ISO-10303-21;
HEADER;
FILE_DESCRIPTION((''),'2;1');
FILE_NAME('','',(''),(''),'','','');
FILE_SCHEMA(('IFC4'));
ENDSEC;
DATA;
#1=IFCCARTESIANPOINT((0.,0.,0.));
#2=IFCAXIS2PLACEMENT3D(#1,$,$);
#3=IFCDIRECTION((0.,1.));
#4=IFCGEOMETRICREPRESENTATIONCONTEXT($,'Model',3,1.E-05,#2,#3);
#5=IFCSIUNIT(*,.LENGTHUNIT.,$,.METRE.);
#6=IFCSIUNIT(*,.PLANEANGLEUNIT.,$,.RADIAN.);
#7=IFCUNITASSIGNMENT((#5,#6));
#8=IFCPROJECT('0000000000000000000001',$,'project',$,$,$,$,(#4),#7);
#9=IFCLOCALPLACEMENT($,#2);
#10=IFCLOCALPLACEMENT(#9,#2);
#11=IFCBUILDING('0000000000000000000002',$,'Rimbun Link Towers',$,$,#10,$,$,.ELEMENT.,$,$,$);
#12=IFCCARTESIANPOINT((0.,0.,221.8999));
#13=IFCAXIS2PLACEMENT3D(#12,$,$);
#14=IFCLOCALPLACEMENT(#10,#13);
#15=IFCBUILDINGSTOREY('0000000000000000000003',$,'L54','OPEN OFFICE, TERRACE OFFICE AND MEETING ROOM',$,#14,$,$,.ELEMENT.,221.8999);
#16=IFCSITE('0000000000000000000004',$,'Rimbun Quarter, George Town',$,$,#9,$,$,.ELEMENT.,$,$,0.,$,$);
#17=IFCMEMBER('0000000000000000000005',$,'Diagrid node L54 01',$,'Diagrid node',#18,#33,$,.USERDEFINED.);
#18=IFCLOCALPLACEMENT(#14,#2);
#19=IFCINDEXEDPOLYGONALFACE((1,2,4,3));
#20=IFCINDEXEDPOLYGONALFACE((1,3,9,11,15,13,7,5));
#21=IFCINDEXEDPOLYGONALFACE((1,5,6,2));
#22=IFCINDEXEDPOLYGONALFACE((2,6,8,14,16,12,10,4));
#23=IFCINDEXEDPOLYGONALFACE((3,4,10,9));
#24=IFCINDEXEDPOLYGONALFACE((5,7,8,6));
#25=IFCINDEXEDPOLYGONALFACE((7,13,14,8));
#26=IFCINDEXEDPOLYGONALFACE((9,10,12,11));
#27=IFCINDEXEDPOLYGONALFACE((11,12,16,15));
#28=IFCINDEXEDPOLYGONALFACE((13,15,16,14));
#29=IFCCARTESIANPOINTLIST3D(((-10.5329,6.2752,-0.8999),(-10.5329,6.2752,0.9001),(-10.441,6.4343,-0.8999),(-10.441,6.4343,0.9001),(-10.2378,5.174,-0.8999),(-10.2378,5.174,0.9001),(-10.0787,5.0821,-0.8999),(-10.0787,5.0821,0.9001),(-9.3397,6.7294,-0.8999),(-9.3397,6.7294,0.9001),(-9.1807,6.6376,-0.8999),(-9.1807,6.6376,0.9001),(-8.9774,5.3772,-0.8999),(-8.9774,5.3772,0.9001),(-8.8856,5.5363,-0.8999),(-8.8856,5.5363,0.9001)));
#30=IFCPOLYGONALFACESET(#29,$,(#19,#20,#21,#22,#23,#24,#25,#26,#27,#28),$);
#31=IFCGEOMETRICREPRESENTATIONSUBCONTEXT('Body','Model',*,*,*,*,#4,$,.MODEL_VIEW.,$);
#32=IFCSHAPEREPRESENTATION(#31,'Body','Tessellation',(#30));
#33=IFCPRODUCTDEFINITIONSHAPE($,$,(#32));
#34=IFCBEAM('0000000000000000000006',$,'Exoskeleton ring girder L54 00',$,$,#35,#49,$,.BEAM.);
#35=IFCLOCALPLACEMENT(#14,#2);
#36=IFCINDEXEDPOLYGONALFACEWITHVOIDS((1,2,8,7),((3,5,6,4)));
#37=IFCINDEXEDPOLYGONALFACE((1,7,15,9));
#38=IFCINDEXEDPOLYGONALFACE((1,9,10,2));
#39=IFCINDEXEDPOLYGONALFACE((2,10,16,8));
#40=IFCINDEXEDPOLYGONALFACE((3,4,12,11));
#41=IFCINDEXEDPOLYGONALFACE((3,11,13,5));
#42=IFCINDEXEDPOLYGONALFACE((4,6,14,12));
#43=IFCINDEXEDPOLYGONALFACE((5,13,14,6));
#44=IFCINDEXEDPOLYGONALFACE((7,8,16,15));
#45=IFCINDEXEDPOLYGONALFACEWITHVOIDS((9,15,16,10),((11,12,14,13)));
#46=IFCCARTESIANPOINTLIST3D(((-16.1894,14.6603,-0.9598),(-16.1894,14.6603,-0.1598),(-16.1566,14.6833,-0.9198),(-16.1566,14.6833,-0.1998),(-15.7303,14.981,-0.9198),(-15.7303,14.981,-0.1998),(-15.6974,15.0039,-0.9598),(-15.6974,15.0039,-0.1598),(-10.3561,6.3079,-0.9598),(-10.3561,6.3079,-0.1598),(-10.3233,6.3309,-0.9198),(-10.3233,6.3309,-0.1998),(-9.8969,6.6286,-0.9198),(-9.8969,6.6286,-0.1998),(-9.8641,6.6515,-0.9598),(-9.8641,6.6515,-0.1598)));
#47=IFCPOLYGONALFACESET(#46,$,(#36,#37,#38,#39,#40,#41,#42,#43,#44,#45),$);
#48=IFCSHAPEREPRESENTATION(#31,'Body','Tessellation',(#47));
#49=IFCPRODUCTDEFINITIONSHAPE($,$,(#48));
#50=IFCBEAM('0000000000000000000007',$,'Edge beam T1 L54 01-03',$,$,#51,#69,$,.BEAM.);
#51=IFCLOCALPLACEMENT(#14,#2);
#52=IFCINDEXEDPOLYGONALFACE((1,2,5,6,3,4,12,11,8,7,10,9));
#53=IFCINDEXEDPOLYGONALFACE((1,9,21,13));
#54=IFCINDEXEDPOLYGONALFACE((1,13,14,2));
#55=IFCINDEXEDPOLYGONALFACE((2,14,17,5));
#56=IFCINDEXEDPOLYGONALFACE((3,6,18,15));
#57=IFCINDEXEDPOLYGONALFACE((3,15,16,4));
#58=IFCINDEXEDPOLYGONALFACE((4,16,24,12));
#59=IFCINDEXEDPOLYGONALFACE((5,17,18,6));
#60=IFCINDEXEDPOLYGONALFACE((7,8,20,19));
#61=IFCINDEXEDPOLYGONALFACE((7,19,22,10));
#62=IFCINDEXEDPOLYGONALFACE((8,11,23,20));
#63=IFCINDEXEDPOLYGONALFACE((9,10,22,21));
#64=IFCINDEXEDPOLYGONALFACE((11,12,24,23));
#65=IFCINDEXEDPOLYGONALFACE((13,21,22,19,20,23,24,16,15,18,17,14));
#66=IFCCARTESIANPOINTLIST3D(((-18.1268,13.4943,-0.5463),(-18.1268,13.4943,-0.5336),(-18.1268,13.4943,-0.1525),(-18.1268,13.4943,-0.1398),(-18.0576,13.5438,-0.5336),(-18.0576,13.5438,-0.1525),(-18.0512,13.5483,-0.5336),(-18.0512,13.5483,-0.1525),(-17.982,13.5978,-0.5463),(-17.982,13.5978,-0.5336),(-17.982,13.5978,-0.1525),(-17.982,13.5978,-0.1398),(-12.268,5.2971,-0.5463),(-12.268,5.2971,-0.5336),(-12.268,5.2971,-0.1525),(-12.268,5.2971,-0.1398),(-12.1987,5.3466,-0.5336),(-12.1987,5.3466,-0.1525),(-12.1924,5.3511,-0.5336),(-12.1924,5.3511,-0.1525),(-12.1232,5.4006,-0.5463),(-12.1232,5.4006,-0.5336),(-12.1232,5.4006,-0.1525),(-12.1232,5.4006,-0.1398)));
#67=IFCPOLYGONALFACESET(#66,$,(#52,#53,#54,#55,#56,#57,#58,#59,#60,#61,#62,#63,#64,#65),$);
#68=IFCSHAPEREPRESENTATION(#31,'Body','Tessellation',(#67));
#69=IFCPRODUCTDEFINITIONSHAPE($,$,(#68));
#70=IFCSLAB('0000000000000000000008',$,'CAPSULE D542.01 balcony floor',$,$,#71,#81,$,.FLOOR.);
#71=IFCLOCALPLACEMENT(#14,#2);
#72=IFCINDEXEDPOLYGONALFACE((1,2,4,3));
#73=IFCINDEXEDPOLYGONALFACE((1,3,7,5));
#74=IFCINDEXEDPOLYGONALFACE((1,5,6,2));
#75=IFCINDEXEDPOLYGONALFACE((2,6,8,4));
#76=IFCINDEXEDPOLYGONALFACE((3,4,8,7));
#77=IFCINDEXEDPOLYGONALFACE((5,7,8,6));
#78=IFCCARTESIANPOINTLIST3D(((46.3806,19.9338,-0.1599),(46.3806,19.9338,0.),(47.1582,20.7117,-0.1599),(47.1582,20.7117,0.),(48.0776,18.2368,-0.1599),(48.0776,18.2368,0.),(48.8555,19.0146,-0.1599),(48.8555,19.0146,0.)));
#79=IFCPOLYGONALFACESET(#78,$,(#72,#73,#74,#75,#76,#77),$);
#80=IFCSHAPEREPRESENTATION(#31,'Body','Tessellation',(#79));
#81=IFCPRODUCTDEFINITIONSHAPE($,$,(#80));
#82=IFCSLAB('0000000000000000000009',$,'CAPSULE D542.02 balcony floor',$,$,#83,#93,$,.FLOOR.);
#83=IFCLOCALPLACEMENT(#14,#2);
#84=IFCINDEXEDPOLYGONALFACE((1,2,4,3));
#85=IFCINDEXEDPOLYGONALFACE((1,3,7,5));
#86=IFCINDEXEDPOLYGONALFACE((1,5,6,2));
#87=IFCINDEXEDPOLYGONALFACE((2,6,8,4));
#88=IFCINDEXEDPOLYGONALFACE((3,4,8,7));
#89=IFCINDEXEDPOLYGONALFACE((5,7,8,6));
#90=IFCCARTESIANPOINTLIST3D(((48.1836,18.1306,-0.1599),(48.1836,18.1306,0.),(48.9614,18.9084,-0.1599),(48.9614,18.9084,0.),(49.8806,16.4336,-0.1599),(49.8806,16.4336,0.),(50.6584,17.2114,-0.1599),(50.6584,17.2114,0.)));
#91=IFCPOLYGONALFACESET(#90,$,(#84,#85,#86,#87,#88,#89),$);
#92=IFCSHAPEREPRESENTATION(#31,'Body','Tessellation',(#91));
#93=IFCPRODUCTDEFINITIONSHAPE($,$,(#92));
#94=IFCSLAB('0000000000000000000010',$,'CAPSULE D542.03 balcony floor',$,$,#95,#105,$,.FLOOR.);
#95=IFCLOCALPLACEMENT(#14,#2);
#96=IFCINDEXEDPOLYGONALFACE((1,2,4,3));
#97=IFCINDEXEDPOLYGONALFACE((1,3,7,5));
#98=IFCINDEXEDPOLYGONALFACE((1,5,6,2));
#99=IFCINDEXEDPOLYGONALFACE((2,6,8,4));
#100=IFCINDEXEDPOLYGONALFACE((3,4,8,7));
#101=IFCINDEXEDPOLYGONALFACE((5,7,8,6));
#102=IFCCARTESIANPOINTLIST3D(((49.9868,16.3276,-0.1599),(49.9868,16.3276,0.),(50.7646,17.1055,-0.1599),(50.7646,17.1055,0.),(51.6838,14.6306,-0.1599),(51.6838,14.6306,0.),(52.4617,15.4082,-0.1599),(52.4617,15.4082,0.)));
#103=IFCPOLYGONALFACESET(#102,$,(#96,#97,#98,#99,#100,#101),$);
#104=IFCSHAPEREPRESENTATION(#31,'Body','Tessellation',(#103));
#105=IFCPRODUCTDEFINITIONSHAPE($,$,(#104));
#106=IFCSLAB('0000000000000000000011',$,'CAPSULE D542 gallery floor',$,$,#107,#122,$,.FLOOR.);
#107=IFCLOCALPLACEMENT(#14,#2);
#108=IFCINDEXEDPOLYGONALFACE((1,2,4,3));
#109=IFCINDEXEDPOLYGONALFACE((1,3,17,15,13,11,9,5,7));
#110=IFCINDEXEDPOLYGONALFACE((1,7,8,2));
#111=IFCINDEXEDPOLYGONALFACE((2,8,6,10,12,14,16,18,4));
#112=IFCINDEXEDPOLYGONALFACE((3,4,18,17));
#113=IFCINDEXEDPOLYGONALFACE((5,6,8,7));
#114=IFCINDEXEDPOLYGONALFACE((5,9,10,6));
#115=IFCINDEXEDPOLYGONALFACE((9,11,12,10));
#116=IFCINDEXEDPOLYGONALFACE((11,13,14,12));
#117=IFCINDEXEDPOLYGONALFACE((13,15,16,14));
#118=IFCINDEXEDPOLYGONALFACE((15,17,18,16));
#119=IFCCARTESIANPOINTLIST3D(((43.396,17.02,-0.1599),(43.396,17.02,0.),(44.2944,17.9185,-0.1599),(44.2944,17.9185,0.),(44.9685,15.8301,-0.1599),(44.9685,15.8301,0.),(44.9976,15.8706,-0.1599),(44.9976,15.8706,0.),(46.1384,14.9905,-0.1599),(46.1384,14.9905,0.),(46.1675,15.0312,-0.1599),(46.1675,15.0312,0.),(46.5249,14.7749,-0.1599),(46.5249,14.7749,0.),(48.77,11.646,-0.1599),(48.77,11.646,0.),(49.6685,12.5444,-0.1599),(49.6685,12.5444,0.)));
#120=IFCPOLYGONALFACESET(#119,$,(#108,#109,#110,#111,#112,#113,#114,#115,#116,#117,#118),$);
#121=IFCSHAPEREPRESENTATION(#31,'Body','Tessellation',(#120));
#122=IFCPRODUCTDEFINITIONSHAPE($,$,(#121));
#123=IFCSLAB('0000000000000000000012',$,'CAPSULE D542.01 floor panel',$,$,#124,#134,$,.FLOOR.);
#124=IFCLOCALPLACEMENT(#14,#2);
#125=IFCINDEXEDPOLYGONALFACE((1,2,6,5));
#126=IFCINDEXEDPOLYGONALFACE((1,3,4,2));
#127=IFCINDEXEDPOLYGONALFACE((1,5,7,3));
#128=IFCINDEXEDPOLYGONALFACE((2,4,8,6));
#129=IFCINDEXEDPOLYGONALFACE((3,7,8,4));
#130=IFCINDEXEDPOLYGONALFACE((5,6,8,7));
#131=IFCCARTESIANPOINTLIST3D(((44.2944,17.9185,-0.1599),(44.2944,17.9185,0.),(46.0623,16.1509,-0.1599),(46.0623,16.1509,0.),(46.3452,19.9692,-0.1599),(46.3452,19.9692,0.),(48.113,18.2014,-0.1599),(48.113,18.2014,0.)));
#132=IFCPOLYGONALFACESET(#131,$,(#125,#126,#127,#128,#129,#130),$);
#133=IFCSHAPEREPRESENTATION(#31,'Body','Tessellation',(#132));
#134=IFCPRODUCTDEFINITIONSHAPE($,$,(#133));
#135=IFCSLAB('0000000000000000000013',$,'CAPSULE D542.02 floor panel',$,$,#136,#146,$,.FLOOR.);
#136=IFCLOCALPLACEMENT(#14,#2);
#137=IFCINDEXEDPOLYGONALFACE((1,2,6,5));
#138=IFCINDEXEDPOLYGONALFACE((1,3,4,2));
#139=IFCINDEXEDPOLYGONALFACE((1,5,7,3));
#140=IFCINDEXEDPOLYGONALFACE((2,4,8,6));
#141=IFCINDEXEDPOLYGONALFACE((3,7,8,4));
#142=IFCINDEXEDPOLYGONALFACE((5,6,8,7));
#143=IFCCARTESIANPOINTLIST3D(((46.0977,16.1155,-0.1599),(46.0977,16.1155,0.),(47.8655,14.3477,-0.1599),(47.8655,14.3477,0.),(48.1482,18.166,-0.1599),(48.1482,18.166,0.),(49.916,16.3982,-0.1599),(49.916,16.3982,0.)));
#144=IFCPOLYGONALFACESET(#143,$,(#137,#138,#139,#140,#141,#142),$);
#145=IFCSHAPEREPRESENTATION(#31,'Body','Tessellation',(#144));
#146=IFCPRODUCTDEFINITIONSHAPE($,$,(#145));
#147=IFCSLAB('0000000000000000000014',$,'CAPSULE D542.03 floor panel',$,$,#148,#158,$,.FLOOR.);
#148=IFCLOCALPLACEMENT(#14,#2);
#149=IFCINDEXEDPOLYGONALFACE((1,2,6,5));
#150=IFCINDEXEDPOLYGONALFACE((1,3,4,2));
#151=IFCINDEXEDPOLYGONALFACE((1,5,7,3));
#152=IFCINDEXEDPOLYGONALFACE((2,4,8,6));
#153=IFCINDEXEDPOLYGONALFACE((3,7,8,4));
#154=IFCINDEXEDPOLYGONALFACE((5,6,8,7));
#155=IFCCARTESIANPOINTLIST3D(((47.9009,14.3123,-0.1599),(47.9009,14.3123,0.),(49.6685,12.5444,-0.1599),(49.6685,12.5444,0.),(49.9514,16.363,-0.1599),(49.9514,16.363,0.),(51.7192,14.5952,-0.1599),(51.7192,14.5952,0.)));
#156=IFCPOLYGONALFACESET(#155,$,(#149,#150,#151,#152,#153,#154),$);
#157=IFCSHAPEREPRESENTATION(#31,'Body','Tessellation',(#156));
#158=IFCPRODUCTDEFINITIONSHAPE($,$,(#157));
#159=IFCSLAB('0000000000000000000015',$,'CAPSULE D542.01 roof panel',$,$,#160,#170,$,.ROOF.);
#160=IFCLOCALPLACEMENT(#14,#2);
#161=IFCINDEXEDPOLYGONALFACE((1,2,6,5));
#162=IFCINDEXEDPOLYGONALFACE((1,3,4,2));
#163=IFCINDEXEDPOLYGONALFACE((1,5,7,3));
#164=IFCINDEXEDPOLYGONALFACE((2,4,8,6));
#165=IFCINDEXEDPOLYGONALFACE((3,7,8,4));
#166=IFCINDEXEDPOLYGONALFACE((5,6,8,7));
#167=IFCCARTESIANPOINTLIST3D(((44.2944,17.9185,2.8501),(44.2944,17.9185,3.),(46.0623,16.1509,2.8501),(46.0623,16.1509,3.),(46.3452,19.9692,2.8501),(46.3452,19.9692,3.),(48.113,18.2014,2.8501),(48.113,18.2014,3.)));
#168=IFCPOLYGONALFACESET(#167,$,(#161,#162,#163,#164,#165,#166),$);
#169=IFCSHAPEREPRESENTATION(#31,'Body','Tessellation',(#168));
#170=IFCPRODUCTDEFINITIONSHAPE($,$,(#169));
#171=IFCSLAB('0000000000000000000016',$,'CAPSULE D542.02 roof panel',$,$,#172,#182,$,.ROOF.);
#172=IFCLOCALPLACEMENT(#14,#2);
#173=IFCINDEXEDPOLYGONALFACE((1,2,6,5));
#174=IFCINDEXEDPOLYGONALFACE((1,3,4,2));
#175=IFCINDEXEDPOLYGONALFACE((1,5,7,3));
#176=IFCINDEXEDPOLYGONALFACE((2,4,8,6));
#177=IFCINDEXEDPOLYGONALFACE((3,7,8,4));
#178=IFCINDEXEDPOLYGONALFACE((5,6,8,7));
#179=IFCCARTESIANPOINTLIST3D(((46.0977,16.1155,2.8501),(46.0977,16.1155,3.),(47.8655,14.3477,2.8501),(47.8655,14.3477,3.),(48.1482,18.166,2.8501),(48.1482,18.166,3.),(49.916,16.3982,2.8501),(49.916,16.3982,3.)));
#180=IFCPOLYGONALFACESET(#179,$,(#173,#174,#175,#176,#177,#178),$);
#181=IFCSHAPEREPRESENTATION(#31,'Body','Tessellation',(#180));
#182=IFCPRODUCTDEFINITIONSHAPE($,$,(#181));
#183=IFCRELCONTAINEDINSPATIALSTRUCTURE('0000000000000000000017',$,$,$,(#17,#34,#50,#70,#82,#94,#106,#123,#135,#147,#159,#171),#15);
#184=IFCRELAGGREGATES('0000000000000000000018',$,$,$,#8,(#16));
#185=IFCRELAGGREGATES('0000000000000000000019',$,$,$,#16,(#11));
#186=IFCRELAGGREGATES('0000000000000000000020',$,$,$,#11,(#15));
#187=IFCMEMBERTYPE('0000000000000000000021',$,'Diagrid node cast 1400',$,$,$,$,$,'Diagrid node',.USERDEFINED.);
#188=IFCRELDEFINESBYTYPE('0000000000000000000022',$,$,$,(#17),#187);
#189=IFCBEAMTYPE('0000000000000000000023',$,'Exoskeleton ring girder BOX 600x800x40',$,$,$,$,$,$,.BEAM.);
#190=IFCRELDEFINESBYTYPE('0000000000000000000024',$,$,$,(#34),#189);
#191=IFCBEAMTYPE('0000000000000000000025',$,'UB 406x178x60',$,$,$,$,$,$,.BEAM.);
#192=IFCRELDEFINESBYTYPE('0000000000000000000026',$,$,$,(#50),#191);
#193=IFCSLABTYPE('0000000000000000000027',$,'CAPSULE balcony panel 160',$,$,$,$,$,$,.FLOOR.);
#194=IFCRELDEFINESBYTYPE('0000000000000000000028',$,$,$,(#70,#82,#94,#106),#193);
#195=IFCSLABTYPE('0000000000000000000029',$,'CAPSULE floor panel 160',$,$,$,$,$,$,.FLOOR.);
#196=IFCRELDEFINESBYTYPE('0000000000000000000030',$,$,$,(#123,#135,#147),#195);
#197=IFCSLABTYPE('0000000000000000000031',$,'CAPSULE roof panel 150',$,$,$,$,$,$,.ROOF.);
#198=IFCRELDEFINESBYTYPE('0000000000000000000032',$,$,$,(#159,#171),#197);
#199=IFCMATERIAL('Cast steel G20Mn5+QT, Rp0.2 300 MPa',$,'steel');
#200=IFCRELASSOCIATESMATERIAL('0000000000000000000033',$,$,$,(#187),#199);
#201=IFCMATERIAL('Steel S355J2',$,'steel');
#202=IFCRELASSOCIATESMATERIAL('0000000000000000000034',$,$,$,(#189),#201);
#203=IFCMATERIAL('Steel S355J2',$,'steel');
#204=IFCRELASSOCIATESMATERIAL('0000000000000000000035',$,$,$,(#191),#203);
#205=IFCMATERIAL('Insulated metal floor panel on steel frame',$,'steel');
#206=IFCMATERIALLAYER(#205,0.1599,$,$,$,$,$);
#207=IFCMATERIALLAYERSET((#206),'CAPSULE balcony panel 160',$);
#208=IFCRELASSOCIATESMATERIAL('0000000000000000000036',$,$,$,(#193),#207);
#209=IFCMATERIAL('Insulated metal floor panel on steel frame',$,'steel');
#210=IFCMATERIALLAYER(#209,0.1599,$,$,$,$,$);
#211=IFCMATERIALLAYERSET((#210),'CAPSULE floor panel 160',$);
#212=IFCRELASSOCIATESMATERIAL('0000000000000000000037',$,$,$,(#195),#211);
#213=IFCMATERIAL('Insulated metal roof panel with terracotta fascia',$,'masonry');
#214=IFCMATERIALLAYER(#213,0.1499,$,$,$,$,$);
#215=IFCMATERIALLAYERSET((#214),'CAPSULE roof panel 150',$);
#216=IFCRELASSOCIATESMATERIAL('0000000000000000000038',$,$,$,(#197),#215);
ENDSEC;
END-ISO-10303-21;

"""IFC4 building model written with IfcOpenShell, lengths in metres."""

from ifc_helpers import new_model, si_unit, direction, frame, origin, origin_2d, place, context, subcontext, project, spatial, polyline, hollow_rectangle, i_section, outline, extrude, material, layer, layer_set, material_profile, profile_set, type_object, element, save


model = new_model("IFC4")

# Units and contexts
model_context = context("Model", 3, precision=1e-05, world=origin(), true_north=direction((0.0, 1.0)))
body_context = subcontext(model_context, "Body", "Model", "MODEL_VIEW")
ifc_project = project(units=[si_unit("LENGTHUNIT", "METRE"), si_unit("PLANEANGLEUNIT", "RADIAN")], contexts=[model_context])

# Site, building, storey
site_placement = place(None, origin())
site = spatial("IfcSite", under=ifc_project, at=site_placement, Name="Rimbun Quarter, George Town", CompositionType="ELEMENT", RefElevation=0.0)
building_placement = place(site_placement, origin())
building = spatial("IfcBuilding", under=site, at=building_placement, Name="Rimbun Link Towers", CompositionType="ELEMENT")
storey_placement = place(building_placement, frame((0.0, 0.0, 221.8999)))
storey = spatial("IfcBuildingStorey", under=building, at=storey_placement, Name="L54", Description="OPEN OFFICE, TERRACE OFFICE AND MEETING ROOM", CompositionType="ELEMENT", Elevation=221.8999)

# Member
ifc_material_1 = material(Name="Cast steel G20Mn5+QT, Rp0.2 300 MPa", Category="steel")
ifc_material_profile_1 = material_profile(ifc_material_1, outline(polyline([(0.7, -0.5701), (0.7, 0.5701), (0.5701, 0.7), (-0.5701, 0.7), (-0.7, 0.5701), (-0.7, -0.5701), (-0.5701, -0.7), (0.5701, -0.7), (0.7, -0.5701)])), Name="NODE 1400x1400")
ifc_profile_set_1 = profile_set([ifc_material_profile_1], Name="Cast steel G20Mn5+QT, Rp0.2 300 MPa")
member_type_1 = type_object("IfcMemberType", Name="Diagrid node cast 1400", ElementType="Diagrid node", PredefinedType="USERDEFINED", material=ifc_profile_set_1)
member_1_placement = place(storey_placement, frame((-9.7092, 5.9058, -0.8999), z_axis=(0.0, 0.0, 1.0), x_axis=(0.965926, 0.258819, 0.0)))
element("IfcMember", 1, at=member_1_placement, inside=storey, type_object=member_type_1, Name="Diagrid node L54 01", ObjectType="Diagrid node", PredefinedType="USERDEFINED", context=body_context, shape_type="SweptSolid", body=[
    extrude(outline(polyline([(0.7, -0.5701), (0.7, 0.5701), (0.5701, 0.7), (-0.5701, 0.7), (-0.7, 0.5701), (-0.7, -0.5701), (-0.5701, -0.7), (0.5701, -0.7), (0.7, -0.5701)])), origin(), (0.0, 0.0, 1.0), 1.8),
])

# Beams
ifc_material_2 = material(Name="Steel S355J2", Category="steel")
ifc_material_profile_2 = material_profile(ifc_material_2, hollow_rectangle(XDim=0.6001, YDim=0.8, WallThickness=0.04, at=origin_2d()), Name="Exoskeleton ring girder BOX 600x800x40")
ifc_profile_set_2 = profile_set([ifc_material_profile_2], Name="Steel S355J2")
beam_type_1 = type_object("IfcBeamType", Name="Exoskeleton ring girder BOX 600x800x40", PredefinedType="BEAM", material=ifc_profile_set_2)
beam_1_placement = place(storey_placement, frame((-10.1101, 6.4797, -0.5598), z_axis=(-0.572582, 0.819847, 0.0), x_axis=(-0.819847, -0.572582, 0.0)))
element("IfcBeam", 2, at=beam_1_placement, inside=storey, type_object=beam_type_1, Name="Exoskeleton ring girder L54 00", PredefinedType="BEAM", context=body_context, shape_type="SweptSolid", body=[
    extrude(hollow_rectangle(XDim=0.6001, YDim=0.8, WallThickness=0.04, at=origin_2d()), origin(), (0.0, 0.0, 1.0), 10.1877),
])
ifc_material_3 = material(Name="Steel S355J2", Category="steel")
ifc_material_profile_3 = material_profile(ifc_material_3, i_section(OverallWidth=0.178, OverallDepth=0.4065, WebThickness=0.0078, FlangeThickness=0.0127, at=origin_2d()), Name="UB 406x178x60")
ifc_profile_set_3 = profile_set([ifc_material_profile_3], Name="Steel S355J2")
beam_type_2 = type_object("IfcBeamType", Name="UB 406x178x60", PredefinedType="BEAM", material=ifc_profile_set_3)
beam_2_placement = place(storey_placement, frame((-12.1956, 5.3489, -0.343), z_axis=(-0.581481, 0.81356, 0.0), x_axis=(-0.81356, -0.581481, 0.0)))
element("IfcBeam", 3, at=beam_2_placement, inside=storey, type_object=beam_type_2, Name="Edge beam T1 L54 01-03", PredefinedType="BEAM", context=body_context, shape_type="SweptSolid", body=[
    extrude(i_section(OverallWidth=0.178, OverallDepth=0.4065, WebThickness=0.0078, FlangeThickness=0.0127, at=origin_2d()), origin(), (0.0, 0.0, 1.0), 10.0757),
])

# Slabs
ifc_material_4 = material(Name="Insulated metal floor panel on steel frame", Category="steel")
ifc_layer_1 = layer(ifc_material_4, 0.1599)
ifc_layer_set_1 = layer_set([ifc_layer_1], Name="CAPSULE balcony panel 160")
slab_type_1 = type_object("IfcSlabType", Name="CAPSULE balcony panel 160", PredefinedType="FLOOR", material=ifc_layer_set_1)
slab_1_placement = place(storey_placement, frame((0.0, 0.0, -0.1599)))
element("IfcSlab", 4, at=slab_1_placement, inside=storey, type_object=slab_type_1, Name="CAPSULE D542.01 balcony floor", PredefinedType="FLOOR", context=body_context, shape_type="SweptSolid", body=[
    extrude(outline(polyline([(48.8555, 19.0146), (47.1582, 20.7117), (46.3806, 19.9338), (48.0776, 18.2368), (48.8555, 19.0146)])), origin(), (0.0, 0.0, 1.0), 0.1599),
])
slab_2_placement = place(storey_placement, frame((0.0, 0.0, -0.1599)))
element("IfcSlab", 5, at=slab_2_placement, inside=storey, type_object=slab_type_1, Name="CAPSULE D542.02 balcony floor", PredefinedType="FLOOR", context=body_context, shape_type="SweptSolid", body=[
    extrude(outline(polyline([(50.6584, 17.2114), (48.9614, 18.9084), (48.1836, 18.1306), (49.8806, 16.4336), (50.6584, 17.2114)])), origin(), (0.0, 0.0, 1.0), 0.1599),
])
slab_3_placement = place(storey_placement, frame((0.0, 0.0, -0.1599)))
element("IfcSlab", 6, at=slab_3_placement, inside=storey, type_object=slab_type_1, Name="CAPSULE D542.03 balcony floor", PredefinedType="FLOOR", context=body_context, shape_type="SweptSolid", body=[
    extrude(outline(polyline([(52.4617, 15.4082), (50.7646, 17.1055), (49.9868, 16.3276), (51.6838, 14.6306), (52.4617, 15.4082)])), origin(), (0.0, 0.0, 1.0), 0.1599),
])
slab_4_placement = place(storey_placement, frame((0.0, 0.0, -0.1599)))
element("IfcSlab", 7, at=slab_4_placement, inside=storey, type_object=slab_type_1, Name="CAPSULE D542 gallery floor", PredefinedType="FLOOR", context=body_context, shape_type="SweptSolid", body=[
    extrude(outline(polyline([(46.5249, 14.7749), (48.77, 11.646), (49.6685, 12.5444), (44.2944, 17.9185), (43.396, 17.02), (44.9976, 15.8706), (44.9685, 15.8301), (46.1384, 14.9905), (46.1675, 15.0312), (46.5249, 14.7749)])), origin(), (0.0, 0.0, 1.0), 0.1599),
])
ifc_material_5 = material(Name="Insulated metal floor panel on steel frame", Category="steel")
ifc_layer_2 = layer(ifc_material_5, 0.1599)
ifc_layer_set_2 = layer_set([ifc_layer_2], Name="CAPSULE floor panel 160")
slab_type_2 = type_object("IfcSlabType", Name="CAPSULE floor panel 160", PredefinedType="FLOOR", material=ifc_layer_set_2)
slab_5_placement = place(storey_placement, frame((0.0, 0.0, -0.1599)))
element("IfcSlab", 8, at=slab_5_placement, inside=storey, type_object=slab_type_2, Name="CAPSULE D542.01 floor panel", PredefinedType="FLOOR", context=body_context, shape_type="SweptSolid", body=[
    extrude(outline(polyline([(48.113, 18.2014), (46.3452, 19.9692), (44.2944, 17.9185), (46.0623, 16.1509), (48.113, 18.2014)])), origin(), (0.0, 0.0, 1.0), 0.1599),
])
slab_6_placement = place(storey_placement, frame((0.0, 0.0, -0.1599)))
element("IfcSlab", 9, at=slab_6_placement, inside=storey, type_object=slab_type_2, Name="CAPSULE D542.02 floor panel", PredefinedType="FLOOR", context=body_context, shape_type="SweptSolid", body=[
    extrude(outline(polyline([(49.916, 16.3982), (48.1482, 18.166), (46.0977, 16.1155), (47.8655, 14.3477), (49.916, 16.3982)])), origin(), (0.0, 0.0, 1.0), 0.1599),
])
slab_7_placement = place(storey_placement, frame((0.0, 0.0, -0.1599)))
element("IfcSlab", 10, at=slab_7_placement, inside=storey, type_object=slab_type_2, Name="CAPSULE D542.03 floor panel", PredefinedType="FLOOR", context=body_context, shape_type="SweptSolid", body=[
    extrude(outline(polyline([(51.7192, 14.5952), (49.9514, 16.363), (47.9009, 14.3123), (49.6685, 12.5444), (51.7192, 14.5952)])), origin(), (0.0, 0.0, 1.0), 0.1599),
])
ifc_material_6 = material(Name="Insulated metal roof panel with terracotta fascia", Category="masonry")
ifc_layer_3 = layer(ifc_material_6, 0.1499)
ifc_layer_set_3 = layer_set([ifc_layer_3], Name="CAPSULE roof panel 150")
slab_type_3 = type_object("IfcSlabType", Name="CAPSULE roof panel 150", PredefinedType="ROOF", material=ifc_layer_set_3)
slab_8_placement = place(storey_placement, frame((0.0, 0.0, 2.8501)))
element("IfcSlab", 11, at=slab_8_placement, inside=storey, type_object=slab_type_3, Name="CAPSULE D542.01 roof panel", PredefinedType="ROOF", context=body_context, shape_type="SweptSolid", body=[
    extrude(outline(polyline([(48.113, 18.2014), (46.3452, 19.9692), (44.2944, 17.9185), (46.0623, 16.1509), (48.113, 18.2014)])), origin(), (0.0, 0.0, 1.0), 0.1499),
])
slab_9_placement = place(storey_placement, frame((0.0, 0.0, 2.8501)))
element("IfcSlab", 12, at=slab_9_placement, inside=storey, type_object=slab_type_3, Name="CAPSULE D542.02 roof panel", PredefinedType="ROOF", context=body_context, shape_type="SweptSolid", body=[
    extrude(outline(polyline([(49.916, 16.3982), (48.1482, 18.166), (46.0977, 16.1155), (47.8655, 14.3477), (49.916, 16.3982)])), origin(), (0.0, 0.0, 1.0), 0.1499),
])

save(model, "model.ifc")
